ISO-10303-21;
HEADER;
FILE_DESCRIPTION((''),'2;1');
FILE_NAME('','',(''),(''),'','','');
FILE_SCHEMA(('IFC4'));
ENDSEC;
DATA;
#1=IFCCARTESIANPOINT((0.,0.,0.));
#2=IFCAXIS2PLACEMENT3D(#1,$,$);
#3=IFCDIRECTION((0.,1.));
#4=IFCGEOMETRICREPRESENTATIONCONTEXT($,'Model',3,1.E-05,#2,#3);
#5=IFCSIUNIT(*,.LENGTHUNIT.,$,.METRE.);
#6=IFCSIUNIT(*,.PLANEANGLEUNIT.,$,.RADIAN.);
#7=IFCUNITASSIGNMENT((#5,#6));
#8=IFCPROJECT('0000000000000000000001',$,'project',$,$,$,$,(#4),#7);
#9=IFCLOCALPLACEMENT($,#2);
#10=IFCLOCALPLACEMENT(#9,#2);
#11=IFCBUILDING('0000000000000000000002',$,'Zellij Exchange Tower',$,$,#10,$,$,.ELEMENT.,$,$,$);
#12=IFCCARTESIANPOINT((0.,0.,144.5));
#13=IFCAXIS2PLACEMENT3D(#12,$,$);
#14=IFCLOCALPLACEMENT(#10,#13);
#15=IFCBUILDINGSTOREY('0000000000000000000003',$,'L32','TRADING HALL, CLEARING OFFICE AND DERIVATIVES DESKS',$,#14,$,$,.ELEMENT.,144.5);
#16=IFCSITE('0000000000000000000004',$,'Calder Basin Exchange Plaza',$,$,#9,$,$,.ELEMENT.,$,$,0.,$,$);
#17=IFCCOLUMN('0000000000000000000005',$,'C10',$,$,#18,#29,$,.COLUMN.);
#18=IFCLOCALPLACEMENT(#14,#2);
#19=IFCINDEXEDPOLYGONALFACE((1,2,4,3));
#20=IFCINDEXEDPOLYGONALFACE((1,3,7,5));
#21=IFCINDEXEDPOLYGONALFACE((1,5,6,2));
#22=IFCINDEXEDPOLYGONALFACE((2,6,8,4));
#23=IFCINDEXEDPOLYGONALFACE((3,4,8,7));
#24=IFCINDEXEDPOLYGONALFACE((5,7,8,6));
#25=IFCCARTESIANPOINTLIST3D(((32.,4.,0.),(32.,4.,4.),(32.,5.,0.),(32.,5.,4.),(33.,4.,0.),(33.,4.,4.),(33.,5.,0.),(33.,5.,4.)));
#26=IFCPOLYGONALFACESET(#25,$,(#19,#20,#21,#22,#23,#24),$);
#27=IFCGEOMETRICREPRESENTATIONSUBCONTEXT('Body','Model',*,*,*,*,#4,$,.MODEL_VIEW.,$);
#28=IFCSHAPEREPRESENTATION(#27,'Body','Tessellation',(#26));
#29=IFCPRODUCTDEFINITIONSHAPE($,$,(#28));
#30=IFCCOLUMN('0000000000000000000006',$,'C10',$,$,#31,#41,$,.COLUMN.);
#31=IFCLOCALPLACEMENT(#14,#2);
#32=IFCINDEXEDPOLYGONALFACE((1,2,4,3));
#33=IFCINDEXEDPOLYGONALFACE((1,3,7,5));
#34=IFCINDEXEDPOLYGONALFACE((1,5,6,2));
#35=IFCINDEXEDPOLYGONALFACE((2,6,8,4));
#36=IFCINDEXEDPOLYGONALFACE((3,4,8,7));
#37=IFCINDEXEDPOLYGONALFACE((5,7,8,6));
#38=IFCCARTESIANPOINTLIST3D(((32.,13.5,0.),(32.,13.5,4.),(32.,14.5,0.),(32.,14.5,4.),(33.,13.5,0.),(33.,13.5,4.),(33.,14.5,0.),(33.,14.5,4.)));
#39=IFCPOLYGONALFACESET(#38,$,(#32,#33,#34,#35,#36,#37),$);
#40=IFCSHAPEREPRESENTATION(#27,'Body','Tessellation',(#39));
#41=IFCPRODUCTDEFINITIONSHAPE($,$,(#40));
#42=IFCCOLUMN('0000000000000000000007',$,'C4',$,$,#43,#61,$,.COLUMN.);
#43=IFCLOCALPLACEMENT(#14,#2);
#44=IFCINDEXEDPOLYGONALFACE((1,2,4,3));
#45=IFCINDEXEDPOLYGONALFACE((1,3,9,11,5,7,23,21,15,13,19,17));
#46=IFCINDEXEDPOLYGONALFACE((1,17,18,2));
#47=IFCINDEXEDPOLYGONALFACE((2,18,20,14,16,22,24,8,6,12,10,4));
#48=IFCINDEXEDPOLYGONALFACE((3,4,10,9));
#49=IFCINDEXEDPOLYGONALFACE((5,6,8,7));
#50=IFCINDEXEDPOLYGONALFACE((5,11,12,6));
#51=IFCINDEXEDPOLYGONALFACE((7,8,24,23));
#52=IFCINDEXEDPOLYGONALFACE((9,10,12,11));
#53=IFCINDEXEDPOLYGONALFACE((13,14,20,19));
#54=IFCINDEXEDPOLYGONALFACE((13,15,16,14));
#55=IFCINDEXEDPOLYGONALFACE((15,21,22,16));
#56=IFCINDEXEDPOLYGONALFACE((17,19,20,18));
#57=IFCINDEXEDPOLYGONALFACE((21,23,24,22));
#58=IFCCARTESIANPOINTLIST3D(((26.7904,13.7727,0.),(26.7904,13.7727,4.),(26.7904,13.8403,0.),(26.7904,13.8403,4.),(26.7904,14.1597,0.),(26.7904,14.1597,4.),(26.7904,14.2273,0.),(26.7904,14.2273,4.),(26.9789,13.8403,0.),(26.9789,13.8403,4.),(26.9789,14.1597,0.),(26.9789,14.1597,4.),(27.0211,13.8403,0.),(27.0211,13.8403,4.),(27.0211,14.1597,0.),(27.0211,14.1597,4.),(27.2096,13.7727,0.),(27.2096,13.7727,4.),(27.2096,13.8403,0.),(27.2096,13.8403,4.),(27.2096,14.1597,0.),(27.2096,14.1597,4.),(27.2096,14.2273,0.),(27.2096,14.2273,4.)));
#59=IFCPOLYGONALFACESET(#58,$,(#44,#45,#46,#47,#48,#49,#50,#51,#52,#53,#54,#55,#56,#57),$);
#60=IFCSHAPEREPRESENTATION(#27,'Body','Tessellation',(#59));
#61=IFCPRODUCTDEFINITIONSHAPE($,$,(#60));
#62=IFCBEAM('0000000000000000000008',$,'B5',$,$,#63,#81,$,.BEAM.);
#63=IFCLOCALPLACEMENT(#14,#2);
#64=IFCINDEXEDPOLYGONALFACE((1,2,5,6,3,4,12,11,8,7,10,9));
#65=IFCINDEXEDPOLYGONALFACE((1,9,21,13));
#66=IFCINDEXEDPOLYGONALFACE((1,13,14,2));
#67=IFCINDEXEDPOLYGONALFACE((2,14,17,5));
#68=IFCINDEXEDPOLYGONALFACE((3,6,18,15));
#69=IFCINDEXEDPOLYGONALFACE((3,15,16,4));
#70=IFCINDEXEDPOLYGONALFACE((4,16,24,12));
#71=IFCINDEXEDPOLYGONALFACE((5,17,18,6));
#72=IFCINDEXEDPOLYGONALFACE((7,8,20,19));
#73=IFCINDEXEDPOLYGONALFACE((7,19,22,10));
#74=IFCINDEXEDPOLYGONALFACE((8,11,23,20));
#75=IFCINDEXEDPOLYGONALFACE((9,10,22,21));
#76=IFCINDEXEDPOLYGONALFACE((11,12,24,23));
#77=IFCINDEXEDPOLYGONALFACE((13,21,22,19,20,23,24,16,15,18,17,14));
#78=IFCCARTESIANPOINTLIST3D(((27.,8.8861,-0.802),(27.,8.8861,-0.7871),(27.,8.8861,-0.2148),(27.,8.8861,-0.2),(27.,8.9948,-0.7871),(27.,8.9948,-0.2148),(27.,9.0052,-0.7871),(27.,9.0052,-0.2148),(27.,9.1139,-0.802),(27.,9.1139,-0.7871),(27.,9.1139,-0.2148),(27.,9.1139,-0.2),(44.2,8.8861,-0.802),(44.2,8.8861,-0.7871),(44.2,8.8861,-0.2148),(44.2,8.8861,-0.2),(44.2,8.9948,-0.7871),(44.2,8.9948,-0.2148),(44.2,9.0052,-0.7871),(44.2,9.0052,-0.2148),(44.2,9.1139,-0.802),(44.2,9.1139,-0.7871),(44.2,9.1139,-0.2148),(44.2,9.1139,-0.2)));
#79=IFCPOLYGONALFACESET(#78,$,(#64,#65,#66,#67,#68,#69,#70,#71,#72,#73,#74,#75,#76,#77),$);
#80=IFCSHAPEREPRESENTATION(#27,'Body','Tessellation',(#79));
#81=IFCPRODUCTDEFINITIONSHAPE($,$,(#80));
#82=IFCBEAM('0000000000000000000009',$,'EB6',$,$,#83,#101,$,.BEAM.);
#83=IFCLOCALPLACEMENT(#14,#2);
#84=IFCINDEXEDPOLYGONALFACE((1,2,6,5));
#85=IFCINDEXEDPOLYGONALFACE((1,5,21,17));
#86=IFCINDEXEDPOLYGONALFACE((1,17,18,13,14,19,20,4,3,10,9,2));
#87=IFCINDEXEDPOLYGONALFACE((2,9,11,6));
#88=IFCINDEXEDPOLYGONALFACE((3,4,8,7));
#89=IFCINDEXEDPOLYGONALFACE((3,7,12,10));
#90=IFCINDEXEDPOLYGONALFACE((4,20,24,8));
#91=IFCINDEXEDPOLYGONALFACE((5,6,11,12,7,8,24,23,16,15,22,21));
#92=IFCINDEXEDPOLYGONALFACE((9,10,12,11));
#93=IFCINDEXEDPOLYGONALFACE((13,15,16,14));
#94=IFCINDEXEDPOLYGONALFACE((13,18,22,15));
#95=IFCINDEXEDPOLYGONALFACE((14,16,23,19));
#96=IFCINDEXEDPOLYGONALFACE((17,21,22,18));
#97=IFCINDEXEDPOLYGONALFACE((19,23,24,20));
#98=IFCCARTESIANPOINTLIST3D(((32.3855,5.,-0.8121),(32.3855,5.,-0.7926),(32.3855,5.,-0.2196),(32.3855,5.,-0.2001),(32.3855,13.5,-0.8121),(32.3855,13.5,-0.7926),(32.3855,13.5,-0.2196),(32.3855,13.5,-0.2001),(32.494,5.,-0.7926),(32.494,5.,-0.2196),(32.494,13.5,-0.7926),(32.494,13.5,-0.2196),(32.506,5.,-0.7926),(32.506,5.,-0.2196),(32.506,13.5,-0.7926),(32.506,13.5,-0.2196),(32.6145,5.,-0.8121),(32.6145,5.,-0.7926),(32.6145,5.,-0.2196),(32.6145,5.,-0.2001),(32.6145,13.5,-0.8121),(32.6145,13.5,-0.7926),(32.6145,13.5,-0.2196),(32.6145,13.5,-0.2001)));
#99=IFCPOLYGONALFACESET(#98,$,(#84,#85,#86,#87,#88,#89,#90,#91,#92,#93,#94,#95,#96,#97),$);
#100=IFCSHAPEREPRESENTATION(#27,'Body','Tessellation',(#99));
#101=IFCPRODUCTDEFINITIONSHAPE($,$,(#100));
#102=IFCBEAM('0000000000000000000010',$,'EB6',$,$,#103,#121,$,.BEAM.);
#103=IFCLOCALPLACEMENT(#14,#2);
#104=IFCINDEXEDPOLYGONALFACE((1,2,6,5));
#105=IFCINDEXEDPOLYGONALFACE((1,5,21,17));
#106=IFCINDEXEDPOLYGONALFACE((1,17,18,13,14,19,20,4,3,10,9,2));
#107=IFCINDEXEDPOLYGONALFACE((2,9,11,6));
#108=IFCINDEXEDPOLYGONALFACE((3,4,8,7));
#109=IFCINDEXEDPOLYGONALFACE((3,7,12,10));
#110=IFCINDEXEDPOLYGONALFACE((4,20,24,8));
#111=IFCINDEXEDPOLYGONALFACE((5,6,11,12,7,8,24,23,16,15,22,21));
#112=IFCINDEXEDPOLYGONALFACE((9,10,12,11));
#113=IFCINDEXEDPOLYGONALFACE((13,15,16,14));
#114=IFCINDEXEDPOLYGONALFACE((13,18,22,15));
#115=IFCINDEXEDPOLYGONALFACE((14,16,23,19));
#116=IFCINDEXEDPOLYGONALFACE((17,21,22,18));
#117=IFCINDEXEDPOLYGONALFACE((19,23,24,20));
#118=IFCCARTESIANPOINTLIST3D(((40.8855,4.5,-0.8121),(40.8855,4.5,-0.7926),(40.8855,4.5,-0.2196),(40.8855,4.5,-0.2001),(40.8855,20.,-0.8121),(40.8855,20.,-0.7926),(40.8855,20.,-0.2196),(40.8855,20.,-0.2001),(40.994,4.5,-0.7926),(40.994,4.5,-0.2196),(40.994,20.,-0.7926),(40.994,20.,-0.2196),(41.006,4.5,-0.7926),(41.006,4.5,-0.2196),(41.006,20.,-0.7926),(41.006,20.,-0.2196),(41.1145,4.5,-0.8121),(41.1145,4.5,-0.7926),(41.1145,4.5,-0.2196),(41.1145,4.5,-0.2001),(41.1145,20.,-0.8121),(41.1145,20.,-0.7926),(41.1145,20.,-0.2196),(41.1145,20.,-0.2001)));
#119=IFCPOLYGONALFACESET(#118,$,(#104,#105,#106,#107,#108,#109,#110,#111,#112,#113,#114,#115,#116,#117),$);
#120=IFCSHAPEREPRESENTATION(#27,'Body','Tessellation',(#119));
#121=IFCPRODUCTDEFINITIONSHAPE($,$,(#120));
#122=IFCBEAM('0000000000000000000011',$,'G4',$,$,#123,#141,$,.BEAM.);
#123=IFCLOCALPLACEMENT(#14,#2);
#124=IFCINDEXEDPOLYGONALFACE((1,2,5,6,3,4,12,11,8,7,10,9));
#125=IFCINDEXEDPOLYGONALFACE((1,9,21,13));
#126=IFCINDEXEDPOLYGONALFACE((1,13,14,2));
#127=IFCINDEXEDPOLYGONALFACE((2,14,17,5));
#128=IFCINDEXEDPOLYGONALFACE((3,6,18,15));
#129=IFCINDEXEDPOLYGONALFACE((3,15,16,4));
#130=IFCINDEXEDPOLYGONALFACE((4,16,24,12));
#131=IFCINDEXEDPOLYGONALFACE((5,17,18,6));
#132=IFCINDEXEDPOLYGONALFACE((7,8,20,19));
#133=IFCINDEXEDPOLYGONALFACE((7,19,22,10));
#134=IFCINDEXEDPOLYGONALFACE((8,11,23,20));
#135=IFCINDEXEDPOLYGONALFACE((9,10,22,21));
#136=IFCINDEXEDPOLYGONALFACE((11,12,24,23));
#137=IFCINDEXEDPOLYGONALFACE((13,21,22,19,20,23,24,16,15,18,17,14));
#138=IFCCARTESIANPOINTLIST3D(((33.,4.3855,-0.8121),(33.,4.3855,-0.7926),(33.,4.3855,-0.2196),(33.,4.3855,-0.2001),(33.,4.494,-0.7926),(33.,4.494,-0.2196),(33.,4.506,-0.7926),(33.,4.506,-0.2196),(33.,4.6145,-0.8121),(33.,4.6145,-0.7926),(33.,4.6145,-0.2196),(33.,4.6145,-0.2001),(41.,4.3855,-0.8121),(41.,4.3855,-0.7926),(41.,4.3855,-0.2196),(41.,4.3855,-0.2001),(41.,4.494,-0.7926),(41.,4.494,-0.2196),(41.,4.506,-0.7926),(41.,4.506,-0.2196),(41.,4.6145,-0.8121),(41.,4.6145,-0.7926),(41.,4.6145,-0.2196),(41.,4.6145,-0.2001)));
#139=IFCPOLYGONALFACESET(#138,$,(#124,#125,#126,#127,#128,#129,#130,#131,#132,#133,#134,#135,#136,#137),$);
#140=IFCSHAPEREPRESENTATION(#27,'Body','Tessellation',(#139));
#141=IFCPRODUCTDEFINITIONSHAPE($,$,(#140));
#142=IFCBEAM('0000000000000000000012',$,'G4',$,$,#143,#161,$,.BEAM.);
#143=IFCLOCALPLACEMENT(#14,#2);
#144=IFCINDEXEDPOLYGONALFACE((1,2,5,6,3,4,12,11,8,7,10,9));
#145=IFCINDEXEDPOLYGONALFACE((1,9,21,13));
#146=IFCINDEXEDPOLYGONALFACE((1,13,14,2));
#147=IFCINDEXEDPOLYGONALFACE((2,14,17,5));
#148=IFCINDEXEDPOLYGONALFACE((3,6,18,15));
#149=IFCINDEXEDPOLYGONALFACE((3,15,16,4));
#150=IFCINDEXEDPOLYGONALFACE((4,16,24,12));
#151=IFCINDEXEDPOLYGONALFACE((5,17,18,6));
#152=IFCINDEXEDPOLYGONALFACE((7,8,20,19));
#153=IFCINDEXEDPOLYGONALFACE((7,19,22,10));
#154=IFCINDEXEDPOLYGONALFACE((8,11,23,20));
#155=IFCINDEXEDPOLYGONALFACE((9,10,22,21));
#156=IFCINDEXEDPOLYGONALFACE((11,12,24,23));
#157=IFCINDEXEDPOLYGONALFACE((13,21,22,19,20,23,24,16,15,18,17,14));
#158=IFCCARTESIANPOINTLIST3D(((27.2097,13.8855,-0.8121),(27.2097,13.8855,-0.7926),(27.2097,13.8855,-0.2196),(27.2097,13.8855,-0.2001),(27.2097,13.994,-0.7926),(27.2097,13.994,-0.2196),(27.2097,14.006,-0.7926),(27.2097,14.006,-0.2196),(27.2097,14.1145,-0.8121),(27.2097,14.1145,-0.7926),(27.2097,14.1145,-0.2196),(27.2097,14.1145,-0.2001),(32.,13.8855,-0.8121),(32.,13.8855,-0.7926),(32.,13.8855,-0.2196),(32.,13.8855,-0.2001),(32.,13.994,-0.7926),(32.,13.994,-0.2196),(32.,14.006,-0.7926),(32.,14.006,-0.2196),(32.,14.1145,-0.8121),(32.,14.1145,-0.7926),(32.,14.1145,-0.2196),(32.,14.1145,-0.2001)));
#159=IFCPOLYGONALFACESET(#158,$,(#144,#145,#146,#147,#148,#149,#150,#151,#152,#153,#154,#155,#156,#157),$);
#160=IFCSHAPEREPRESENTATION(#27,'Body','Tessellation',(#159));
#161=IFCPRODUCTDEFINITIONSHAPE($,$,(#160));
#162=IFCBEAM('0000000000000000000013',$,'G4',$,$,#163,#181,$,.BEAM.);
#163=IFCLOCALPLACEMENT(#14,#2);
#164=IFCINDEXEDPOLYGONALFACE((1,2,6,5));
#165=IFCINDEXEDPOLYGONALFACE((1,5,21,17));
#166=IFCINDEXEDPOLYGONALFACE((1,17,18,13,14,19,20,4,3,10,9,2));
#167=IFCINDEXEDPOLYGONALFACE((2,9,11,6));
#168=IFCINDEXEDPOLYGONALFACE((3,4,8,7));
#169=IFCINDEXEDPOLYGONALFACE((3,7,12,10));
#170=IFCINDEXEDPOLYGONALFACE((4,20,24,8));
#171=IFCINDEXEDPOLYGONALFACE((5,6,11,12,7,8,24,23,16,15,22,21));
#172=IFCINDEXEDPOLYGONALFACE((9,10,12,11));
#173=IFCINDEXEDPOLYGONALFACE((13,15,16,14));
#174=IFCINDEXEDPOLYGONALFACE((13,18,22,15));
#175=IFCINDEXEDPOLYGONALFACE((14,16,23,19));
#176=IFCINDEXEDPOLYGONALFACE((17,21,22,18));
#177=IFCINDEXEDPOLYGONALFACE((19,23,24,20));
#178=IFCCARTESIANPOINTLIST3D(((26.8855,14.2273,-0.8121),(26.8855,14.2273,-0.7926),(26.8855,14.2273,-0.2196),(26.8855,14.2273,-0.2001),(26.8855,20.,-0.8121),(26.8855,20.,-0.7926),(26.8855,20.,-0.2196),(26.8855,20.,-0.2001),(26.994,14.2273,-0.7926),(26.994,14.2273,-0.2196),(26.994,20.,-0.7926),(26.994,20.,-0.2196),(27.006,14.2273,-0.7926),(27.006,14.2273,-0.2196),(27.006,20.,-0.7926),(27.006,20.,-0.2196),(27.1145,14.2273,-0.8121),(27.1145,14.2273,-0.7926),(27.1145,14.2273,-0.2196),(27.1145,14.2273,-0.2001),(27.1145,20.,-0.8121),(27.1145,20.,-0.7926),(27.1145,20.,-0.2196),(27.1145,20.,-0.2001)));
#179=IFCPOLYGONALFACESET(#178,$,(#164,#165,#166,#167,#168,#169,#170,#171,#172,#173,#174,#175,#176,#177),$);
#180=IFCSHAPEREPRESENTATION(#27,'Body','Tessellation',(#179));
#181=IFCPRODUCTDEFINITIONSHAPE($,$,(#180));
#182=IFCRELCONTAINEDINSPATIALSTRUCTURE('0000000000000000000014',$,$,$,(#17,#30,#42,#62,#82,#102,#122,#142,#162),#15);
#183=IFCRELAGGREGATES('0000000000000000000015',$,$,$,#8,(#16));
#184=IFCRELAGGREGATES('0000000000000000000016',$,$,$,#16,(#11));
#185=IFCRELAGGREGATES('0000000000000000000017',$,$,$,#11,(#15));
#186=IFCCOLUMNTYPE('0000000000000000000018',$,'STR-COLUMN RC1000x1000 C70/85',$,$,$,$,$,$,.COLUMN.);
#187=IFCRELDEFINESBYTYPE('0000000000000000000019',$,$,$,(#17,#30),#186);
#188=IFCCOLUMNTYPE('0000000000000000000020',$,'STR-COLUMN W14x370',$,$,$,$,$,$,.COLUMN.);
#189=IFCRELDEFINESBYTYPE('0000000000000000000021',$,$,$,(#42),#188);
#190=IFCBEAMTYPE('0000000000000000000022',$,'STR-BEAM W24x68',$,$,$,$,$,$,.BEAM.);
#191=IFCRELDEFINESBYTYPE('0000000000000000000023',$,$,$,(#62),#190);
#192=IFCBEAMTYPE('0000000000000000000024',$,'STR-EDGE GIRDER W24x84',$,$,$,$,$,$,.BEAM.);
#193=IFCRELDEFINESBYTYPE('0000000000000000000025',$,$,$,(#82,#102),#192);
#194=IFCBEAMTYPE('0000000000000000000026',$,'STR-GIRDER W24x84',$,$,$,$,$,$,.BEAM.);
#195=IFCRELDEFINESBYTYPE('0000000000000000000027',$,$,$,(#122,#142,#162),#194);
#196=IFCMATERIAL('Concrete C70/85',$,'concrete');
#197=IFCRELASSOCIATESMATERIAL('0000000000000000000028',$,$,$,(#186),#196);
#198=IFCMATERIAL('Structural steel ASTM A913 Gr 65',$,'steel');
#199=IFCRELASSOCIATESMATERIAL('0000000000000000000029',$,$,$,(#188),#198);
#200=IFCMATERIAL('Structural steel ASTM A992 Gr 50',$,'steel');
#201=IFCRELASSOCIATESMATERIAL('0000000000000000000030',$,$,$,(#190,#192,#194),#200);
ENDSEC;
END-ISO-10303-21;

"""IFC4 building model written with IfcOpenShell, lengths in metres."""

from ifc_helpers import new_model, si_unit, direction, frame, origin, origin_2d, place, context, subcontext, project, spatial, rectangle, i_section, extrude, material, material_profile, profile_set, type_object, element, save


model = new_model("IFC4")

# Units and contexts
model_context = context("Model", 3, precision=1e-05, world=origin(), true_north=direction((0.0, 1.0)))
body_context = subcontext(model_context, "Body", "Model", "MODEL_VIEW")
ifc_project = project(units=[si_unit("LENGTHUNIT", "METRE"), si_unit("PLANEANGLEUNIT", "RADIAN")], contexts=[model_context])

# Site, building, storey
site_placement = place(None, origin())
site = spatial("IfcSite", under=ifc_project, at=site_placement, Name="Calder Basin Exchange Plaza", CompositionType="ELEMENT", RefElevation=0.0)
building_placement = place(site_placement, origin())
building = spatial("IfcBuilding", under=site, at=building_placement, Name="Zellij Exchange Tower", CompositionType="ELEMENT")
storey_placement = place(building_placement, frame((0.0, 0.0, 144.5)))
storey = spatial("IfcBuildingStorey", under=building, at=storey_placement, Name="L32", Description="TRADING HALL, CLEARING OFFICE AND DERIVATIVES DESKS", CompositionType="ELEMENT", Elevation=144.5)

# Columns
ifc_material_1 = material(Name="Concrete C70/85", Category="concrete")
ifc_material_profile_1 = material_profile(ifc_material_1, rectangle(XDim=1.0, YDim=1.0, at=origin_2d()), Name="STR-COLUMN RC1000x1000 C70/85")
ifc_profile_set_1 = profile_set([ifc_material_profile_1], Name="Concrete C70/85")
column_type_1 = type_object("IfcColumnType", Name="STR-COLUMN RC1000x1000 C70/85", PredefinedType="COLUMN", material=ifc_profile_set_1)
for number, where, z_axis, x_axis, name in (
    (1, (32.5, 4.5, 0.0), (0.0, 0.0, 1.0), (1.0, 0.0, 0.0), "C10"),
    (2, (32.5, 14.0, 0.0), (0.0, 0.0, 1.0), (1.0, 0.0, 0.0), "C10"),
):
    element("IfcColumn", number, at=place(storey_placement, frame(where, z_axis=z_axis, x_axis=x_axis)), inside=storey, type_object=column_type_1, Name=name, PredefinedType="COLUMN", context=body_context, shape_type="SweptSolid", body=[
        extrude(rectangle(XDim=1.0, YDim=1.0, at=origin_2d()), origin(), (0.0, 0.0, 1.0), 4.0),
    ])
ifc_material_2 = material(Name="Structural steel ASTM A913 Gr 65", Category="steel")
ifc_material_profile_2 = material_profile(ifc_material_2, i_section(OverallWidth=0.4192, OverallDepth=0.4546, WebThickness=0.0422, FlangeThickness=0.0676, at=origin_2d()), Name="W14x370")
ifc_profile_set_2 = profile_set([ifc_material_profile_2], Name="Structural steel ASTM A913 Gr 65")
column_type_2 = type_object("IfcColumnType", Name="STR-COLUMN W14x370", PredefinedType="COLUMN", material=ifc_profile_set_2)
column_placement = place(storey_placement, frame((27.0, 14.0, 0.0), z_axis=(0.0, 0.0, 1.0), x_axis=(1.0, 0.0, 0.0)))
element("IfcColumn", 3, at=column_placement, inside=storey, type_object=column_type_2, Name="C4", PredefinedType="COLUMN", context=body_context, shape_type="SweptSolid", body=[
    extrude(i_section(OverallWidth=0.4192, OverallDepth=0.4546, WebThickness=0.0422, FlangeThickness=0.0676, at=origin_2d()), origin(), (0.0, 0.0, 1.0), 4.0),
])

# Beams
ifc_material_3 = material(Name="Structural steel ASTM A992 Gr 50", Category="steel")
ifc_material_profile_3 = material_profile(ifc_material_3, i_section(OverallWidth=0.2278, OverallDepth=0.6021, WebThickness=0.0105, FlangeThickness=0.0149, at=origin_2d()), Name="W24x68")
ifc_profile_set_3 = profile_set([ifc_material_profile_3], Name="Structural steel ASTM A992 Gr 50")
beam_type_1 = type_object("IfcBeamType", Name="STR-BEAM W24x68", PredefinedType="BEAM", material=ifc_profile_set_3)
beam_1_placement = place(storey_placement, frame((27.0, 9.0, -0.501), z_axis=(1.0, 0.0, 0.0), x_axis=(0.0, 1.0, 0.0)))
element("IfcBeam", 4, at=beam_1_placement, inside=storey, type_object=beam_type_1, Name="B5", PredefinedType="BEAM", context=body_context, shape_type="SweptSolid", body=[
    extrude(i_section(OverallWidth=0.2278, OverallDepth=0.6021, WebThickness=0.0105, FlangeThickness=0.0149, at=origin_2d()), origin(), (0.0, 0.0, 1.0), 17.2),
])
ifc_material_profile_4 = material_profile(ifc_material_3, i_section(OverallWidth=0.229, OverallDepth=0.6121, WebThickness=0.012, FlangeThickness=0.0195, at=origin_2d()), Name="W24x84")
ifc_profile_set_4 = profile_set([ifc_material_profile_4], Name="Structural steel ASTM A992 Gr 50")
beam_type_2 = type_object("IfcBeamType", Name="STR-EDGE GIRDER W24x84", PredefinedType="BEAM", material=ifc_profile_set_4)
beam_2_placement = place(storey_placement, frame((32.5, 5.0, -0.5061), z_axis=(0.0, 1.0, 0.0), x_axis=(-1.0, 0.0, 0.0)))
element("IfcBeam", 5, at=beam_2_placement, inside=storey, type_object=beam_type_2, Name="EB6", PredefinedType="BEAM", context=body_context, shape_type="SweptSolid", body=[
    extrude(i_section(OverallWidth=0.229, OverallDepth=0.6121, WebThickness=0.012, FlangeThickness=0.0195, at=origin_2d()), origin(), (0.0, 0.0, 1.0), 8.5),
])
beam_3_placement = place(storey_placement, frame((41.0, 4.5, -0.5061), z_axis=(0.0, 1.0, 0.0), x_axis=(-1.0, 0.0, 0.0)))
element("IfcBeam", 6, at=beam_3_placement, inside=storey, type_object=beam_type_2, Name="EB6", PredefinedType="BEAM", context=body_context, shape_type="SweptSolid", body=[
    extrude(i_section(OverallWidth=0.229, OverallDepth=0.6121, WebThickness=0.012, FlangeThickness=0.0195, at=origin_2d()), origin(), (0.0, 0.0, 1.0), 15.5),
])
ifc_material_profile_5 = material_profile(ifc_material_3, i_section(OverallWidth=0.229, OverallDepth=0.6121, WebThickness=0.012, FlangeThickness=0.0195, at=origin_2d()), Name="W24x84")
ifc_profile_set_5 = profile_set([ifc_material_profile_5], Name="Structural steel ASTM A992 Gr 50")
beam_type_3 = type_object("IfcBeamType", Name="STR-GIRDER W24x84", PredefinedType="BEAM", material=ifc_profile_set_5)
beam_4_placement = place(storey_placement, frame((33.0, 4.5, -0.5061), z_axis=(1.0, 0.0, 0.0), x_axis=(0.0, 1.0, 0.0)))
element("IfcBeam", 7, at=beam_4_placement, inside=storey, type_object=beam_type_3, Name="G4", PredefinedType="BEAM", context=body_context, shape_type="SweptSolid", body=[
    extrude(i_section(OverallWidth=0.229, OverallDepth=0.6121, WebThickness=0.012, FlangeThickness=0.0195, at=origin_2d()), origin(), (0.0, 0.0, 1.0), 8.0),
])
beam_5_placement = place(storey_placement, frame((27.2097, 14.0, -0.5061), z_axis=(1.0, 0.0, 0.0), x_axis=(0.0, 1.0, 0.0)))
element("IfcBeam", 8, at=beam_5_placement, inside=storey, type_object=beam_type_3, Name="G4", PredefinedType="BEAM", context=body_context, shape_type="SweptSolid", body=[
    extrude(i_section(OverallWidth=0.229, OverallDepth=0.6121, WebThickness=0.012, FlangeThickness=0.0195, at=origin_2d()), origin(), (0.0, 0.0, 1.0), 4.7903),
])
beam_6_placement = place(storey_placement, frame((27.0, 14.2273, -0.5061), z_axis=(0.0, 1.0, 0.0), x_axis=(-1.0, 0.0, 0.0)))
element("IfcBeam", 9, at=beam_6_placement, inside=storey, type_object=beam_type_3, Name="G4", PredefinedType="BEAM", context=body_context, shape_type="SweptSolid", body=[
    extrude(i_section(OverallWidth=0.229, OverallDepth=0.6121, WebThickness=0.012, FlangeThickness=0.0195, at=origin_2d()), origin(), (0.0, 0.0, 1.0), 5.7727),
])

save(model, "model.ifc")
